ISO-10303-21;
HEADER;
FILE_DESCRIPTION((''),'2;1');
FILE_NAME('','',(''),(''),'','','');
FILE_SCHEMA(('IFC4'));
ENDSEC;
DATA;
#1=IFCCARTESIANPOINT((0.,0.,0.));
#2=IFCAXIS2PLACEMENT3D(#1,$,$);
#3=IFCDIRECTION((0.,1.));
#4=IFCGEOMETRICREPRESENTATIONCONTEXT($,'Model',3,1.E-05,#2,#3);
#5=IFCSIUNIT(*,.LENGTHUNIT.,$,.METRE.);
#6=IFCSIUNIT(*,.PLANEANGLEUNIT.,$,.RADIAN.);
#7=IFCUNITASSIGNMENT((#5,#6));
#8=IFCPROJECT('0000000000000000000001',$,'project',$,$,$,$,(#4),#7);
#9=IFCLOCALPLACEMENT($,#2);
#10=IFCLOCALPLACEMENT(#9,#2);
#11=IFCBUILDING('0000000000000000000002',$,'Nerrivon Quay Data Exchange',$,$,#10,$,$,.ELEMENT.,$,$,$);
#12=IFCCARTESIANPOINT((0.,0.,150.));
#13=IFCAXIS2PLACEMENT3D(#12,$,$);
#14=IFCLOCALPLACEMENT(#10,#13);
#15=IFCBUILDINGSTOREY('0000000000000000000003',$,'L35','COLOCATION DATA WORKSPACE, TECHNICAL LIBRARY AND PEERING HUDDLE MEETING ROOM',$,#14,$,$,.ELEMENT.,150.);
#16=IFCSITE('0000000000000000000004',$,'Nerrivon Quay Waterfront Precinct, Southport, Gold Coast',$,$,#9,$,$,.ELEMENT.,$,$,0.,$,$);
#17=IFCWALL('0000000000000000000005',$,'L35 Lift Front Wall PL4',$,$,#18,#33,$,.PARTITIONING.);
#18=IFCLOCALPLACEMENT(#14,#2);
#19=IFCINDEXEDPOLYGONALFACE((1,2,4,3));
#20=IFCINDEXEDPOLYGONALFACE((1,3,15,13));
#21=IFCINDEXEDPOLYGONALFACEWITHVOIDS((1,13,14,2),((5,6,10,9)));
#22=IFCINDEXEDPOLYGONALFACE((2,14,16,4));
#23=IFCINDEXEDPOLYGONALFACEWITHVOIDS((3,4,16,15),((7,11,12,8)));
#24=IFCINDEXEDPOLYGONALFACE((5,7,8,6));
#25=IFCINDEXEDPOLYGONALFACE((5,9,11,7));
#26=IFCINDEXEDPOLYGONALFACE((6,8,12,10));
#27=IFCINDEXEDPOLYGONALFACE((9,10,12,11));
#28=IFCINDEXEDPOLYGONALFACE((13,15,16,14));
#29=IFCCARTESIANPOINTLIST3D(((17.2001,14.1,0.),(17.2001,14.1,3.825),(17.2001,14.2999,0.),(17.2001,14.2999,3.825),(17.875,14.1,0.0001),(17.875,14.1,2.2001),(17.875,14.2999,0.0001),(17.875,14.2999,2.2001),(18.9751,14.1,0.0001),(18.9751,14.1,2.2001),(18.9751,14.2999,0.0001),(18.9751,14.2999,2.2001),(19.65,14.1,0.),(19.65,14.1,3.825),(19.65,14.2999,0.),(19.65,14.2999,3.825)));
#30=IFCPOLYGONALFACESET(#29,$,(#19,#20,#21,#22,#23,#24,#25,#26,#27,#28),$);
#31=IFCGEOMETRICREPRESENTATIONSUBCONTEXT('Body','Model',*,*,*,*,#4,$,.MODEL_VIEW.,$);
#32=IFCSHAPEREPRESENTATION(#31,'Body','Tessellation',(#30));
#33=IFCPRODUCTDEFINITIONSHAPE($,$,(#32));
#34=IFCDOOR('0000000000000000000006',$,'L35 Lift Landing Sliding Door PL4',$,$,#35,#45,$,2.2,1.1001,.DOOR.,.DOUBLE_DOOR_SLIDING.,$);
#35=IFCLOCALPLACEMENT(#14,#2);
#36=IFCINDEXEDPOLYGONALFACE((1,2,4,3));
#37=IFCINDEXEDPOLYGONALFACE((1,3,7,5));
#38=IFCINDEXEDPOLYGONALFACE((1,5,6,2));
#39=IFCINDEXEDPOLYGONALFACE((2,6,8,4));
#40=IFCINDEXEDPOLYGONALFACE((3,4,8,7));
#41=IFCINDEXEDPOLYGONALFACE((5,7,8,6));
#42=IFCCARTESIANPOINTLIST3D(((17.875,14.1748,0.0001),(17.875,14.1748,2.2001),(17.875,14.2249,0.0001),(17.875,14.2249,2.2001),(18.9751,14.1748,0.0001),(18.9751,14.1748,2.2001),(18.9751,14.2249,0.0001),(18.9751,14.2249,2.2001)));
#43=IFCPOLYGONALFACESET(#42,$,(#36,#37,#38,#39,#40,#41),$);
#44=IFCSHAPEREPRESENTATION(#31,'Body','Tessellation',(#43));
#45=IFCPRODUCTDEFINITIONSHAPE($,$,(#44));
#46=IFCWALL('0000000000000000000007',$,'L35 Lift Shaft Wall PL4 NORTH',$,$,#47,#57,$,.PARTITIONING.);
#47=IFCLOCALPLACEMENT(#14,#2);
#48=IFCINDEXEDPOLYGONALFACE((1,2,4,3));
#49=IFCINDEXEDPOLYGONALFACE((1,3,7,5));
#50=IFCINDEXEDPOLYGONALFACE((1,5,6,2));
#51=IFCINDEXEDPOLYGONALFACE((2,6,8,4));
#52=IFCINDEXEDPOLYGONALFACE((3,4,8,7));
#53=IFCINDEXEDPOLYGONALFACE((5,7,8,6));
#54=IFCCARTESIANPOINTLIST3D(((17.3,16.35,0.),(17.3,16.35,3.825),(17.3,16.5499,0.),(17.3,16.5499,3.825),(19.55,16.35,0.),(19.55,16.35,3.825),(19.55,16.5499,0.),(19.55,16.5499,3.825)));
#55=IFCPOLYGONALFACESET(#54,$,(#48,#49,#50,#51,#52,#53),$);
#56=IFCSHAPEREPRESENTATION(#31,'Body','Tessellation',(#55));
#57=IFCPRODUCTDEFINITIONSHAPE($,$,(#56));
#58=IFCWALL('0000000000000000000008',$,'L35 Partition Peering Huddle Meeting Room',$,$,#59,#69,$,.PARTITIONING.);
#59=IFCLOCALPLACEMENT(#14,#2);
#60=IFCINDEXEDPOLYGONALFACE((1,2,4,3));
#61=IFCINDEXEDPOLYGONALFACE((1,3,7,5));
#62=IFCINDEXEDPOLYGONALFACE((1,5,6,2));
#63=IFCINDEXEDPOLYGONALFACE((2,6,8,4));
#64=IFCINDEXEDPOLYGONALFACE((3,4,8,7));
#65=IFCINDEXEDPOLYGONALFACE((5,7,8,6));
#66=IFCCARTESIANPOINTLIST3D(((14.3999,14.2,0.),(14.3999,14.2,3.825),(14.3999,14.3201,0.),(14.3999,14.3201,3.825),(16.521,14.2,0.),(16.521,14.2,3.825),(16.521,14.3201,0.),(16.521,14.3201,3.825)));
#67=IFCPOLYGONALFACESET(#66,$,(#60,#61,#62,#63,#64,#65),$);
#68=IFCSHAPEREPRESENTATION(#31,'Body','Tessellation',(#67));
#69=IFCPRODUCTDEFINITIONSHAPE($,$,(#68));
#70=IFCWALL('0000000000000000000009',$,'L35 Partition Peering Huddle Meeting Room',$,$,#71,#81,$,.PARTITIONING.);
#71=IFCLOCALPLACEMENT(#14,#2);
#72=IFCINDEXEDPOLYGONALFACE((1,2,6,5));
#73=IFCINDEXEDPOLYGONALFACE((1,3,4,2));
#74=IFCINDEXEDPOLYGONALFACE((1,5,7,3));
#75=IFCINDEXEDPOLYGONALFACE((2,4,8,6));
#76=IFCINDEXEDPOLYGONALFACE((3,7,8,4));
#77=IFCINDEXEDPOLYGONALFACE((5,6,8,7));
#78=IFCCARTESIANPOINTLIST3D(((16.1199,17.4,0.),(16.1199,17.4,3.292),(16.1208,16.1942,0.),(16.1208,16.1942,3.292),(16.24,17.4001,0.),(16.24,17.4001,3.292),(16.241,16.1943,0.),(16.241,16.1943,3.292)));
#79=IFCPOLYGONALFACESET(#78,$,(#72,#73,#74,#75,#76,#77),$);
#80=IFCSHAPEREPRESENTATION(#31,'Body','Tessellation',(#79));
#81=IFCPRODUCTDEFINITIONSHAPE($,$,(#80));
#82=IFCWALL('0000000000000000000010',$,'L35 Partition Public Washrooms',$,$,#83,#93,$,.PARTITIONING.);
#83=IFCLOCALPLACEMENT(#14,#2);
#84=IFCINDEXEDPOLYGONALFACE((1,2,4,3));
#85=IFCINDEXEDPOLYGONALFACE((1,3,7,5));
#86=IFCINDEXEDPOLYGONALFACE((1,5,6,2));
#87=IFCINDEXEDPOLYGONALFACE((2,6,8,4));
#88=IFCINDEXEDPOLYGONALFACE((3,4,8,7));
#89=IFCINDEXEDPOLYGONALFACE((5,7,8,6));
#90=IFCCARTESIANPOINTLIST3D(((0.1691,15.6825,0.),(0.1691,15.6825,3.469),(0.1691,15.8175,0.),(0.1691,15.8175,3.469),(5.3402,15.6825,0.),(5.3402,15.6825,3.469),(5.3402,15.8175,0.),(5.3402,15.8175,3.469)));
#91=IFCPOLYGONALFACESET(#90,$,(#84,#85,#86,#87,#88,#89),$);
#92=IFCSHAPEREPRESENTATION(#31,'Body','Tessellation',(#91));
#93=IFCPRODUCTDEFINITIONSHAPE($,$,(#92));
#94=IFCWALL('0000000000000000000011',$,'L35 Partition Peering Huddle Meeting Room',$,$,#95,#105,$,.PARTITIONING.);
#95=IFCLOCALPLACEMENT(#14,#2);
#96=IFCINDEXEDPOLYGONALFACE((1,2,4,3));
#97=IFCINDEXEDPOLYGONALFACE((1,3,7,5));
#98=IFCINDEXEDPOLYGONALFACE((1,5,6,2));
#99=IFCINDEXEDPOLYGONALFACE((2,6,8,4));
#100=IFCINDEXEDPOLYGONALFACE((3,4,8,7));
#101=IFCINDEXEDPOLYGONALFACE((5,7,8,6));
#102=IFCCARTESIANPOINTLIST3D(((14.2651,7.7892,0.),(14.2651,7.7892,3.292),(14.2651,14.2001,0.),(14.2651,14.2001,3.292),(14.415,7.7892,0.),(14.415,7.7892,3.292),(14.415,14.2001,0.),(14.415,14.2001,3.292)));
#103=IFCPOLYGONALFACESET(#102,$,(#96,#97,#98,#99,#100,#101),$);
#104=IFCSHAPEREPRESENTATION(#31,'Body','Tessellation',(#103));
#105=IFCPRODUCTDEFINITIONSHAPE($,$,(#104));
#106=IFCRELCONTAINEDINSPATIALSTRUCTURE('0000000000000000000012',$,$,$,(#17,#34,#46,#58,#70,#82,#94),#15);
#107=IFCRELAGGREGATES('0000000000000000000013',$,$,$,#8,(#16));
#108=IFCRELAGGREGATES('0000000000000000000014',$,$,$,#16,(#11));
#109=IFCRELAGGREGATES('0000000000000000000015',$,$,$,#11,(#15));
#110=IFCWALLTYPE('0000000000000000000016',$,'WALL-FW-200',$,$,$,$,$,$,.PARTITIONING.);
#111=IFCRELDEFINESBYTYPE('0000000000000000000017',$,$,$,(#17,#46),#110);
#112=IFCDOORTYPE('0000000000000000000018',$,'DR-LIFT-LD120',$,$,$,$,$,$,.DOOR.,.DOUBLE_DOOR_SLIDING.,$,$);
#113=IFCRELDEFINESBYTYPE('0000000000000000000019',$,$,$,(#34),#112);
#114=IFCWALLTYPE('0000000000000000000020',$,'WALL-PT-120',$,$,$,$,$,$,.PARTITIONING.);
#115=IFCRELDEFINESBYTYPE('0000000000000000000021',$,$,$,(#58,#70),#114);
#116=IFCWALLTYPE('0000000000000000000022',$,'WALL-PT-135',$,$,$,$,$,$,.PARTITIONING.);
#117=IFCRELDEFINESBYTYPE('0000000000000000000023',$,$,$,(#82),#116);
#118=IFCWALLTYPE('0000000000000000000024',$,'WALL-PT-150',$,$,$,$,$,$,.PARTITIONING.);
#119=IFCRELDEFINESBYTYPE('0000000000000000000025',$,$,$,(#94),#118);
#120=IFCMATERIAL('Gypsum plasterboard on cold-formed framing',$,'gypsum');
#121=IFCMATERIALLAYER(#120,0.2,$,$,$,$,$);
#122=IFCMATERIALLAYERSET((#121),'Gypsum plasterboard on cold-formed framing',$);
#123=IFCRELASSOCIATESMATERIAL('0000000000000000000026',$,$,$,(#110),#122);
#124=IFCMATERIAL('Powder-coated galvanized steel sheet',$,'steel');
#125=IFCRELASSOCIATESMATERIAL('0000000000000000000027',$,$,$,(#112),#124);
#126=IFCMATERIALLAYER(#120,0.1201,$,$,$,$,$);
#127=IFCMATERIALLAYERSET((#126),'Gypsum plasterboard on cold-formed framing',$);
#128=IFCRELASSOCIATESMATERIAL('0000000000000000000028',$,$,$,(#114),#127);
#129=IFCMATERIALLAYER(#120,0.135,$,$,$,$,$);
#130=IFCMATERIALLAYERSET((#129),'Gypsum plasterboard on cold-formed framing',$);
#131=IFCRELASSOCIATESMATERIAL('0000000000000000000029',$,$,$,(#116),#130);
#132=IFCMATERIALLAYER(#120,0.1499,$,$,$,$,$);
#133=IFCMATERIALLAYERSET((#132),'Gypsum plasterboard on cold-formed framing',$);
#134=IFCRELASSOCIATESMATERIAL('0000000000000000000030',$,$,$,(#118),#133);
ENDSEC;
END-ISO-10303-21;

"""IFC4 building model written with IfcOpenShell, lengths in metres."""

from ifc_helpers import new_model, si_unit, direction, frame, frame_2d, origin, place, context, subcontext, project, spatial, rectangle, extrude, material, layer, layer_set, type_object, element, fill, save


model = new_model("IFC4")

# Units and contexts
model_context = context("Model", 3, precision=1e-05, world=origin(), true_north=direction((0.0, 1.0)))
body_context = subcontext(model_context, "Body", "Model", "MODEL_VIEW")
ifc_project = project(units=[si_unit("LENGTHUNIT", "METRE"), si_unit("PLANEANGLEUNIT", "RADIAN")], contexts=[model_context])

# Site, building, storey
site_placement = place(None, origin())
site = spatial("IfcSite", under=ifc_project, at=site_placement, Name="Nerrivon Quay Waterfront Precinct, Southport, Gold Coast", CompositionType="ELEMENT", RefElevation=0.0)
building_placement = place(site_placement, origin())
building = spatial("IfcBuilding", under=site, at=building_placement, Name="Nerrivon Quay Data Exchange", CompositionType="ELEMENT")
storey_placement = place(building_placement, frame((0.0, 0.0, 150.0)))
storey = spatial("IfcBuildingStorey", under=building, at=storey_placement, Name="L35", Description="COLOCATION DATA WORKSPACE, TECHNICAL LIBRARY AND PEERING HUDDLE MEETING ROOM", CompositionType="ELEMENT", Elevation=150.0)

# Shared definitions
ifc_material_1 = material(Name="Powder-coated galvanized steel sheet", Category="steel")
ifc_material_2 = material(Name="Gypsum plasterboard on cold-formed framing", Category="gypsum")
ifc_layer_1 = layer(ifc_material_2, 0.2)
ifc_layer_set_1 = layer_set([ifc_layer_1], Name="Gypsum plasterboard on cold-formed framing")
wall_type_1 = type_object("IfcWallType", Name="WALL-FW-200", PredefinedType="PARTITIONING", material=ifc_layer_set_1)
door_type_1 = type_object("IfcDoorType", Name="DR-LIFT-LD120", OperationType="DOUBLE_DOOR_SLIDING", PredefinedType="DOOR", material=ifc_material_1)

# Wall, opening, door
wall_1_placement = place(storey_placement, frame((17.2, 14.2, 0.0), z_axis=(0.0, 0.0, 1.0), x_axis=(1.0, 0.0, 0.0)))
wall_1 = element("IfcWall", 1, at=wall_1_placement, inside=storey, type_object=wall_type_1, Name="L35 Lift Front Wall PL4", PredefinedType="PARTITIONING", context=body_context, shape_type="SweptSolid", body=[
    extrude(rectangle(XDim=2.45, YDim=0.2, at=frame_2d((1.2251, 0.0))), origin(), (0.0, 0.0, 1.0), 3.825),
])
opening_1_placement = place(wall_1_placement, frame((0.675, 0.0, 0.0)))
opening_1 = element("IfcOpeningElement", 2, at=opening_1_placement, cuts=wall_1, PredefinedType="OPENING", context=body_context, shape_type="SweptSolid", body=[
    extrude(rectangle(XDim=1.1001, YDim=2.2, at=frame_2d((0.55, 1.1001))), frame((0.0, 0.1099, 0.0), z_axis=(0.0, -1.0, 0.0), x_axis=(1.0, 0.0, 0.0)), (0.0, 0.0, 1.0), 0.22),
])
door_1_placement = place(opening_1_placement, origin())
door_1 = element("IfcDoor", 3, at=door_1_placement, inside=storey, type_object=door_type_1, Name="L35 Lift Landing Sliding Door PL4", OperationType="DOUBLE_DOOR_SLIDING", OverallHeight=2.2, OverallWidth=1.1001, PredefinedType="DOOR", context=body_context, shape_type="SweptSolid", body=[
    extrude(rectangle(XDim=1.1001, YDim=2.2, at=frame_2d((0.55, 1.1001))), frame((0.0, 0.0249, 0.0), z_axis=(0.0, -1.0, 0.0), x_axis=(1.0, 0.0, 0.0)), (0.0, 0.0, 1.0), 0.05),
])
fill(opening_1, door_1)

# Walls
wall_2_placement = place(storey_placement, frame((17.3, 16.45, 0.0), z_axis=(0.0, 0.0, 1.0), x_axis=(1.0, 0.0, 0.0)))
element("IfcWall", 4, at=wall_2_placement, inside=storey, type_object=wall_type_1, Name="L35 Lift Shaft Wall PL4 NORTH", PredefinedType="PARTITIONING", context=body_context, shape_type="SweptSolid", body=[
    extrude(rectangle(XDim=2.25, YDim=0.2, at=frame_2d((1.125, 0.0))), origin(), (0.0, 0.0, 1.0), 3.825),
])
ifc_layer_2 = layer(ifc_material_2, 0.1201)
ifc_layer_set_2 = layer_set([ifc_layer_2], Name="Gypsum plasterboard on cold-formed framing")
wall_type_2 = type_object("IfcWallType", Name="WALL-PT-120", PredefinedType="PARTITIONING", material=ifc_layer_set_2)
wall_3_placement = place(storey_placement, frame((14.3999, 14.26, 0.0), z_axis=(0.0, 0.0, 1.0), x_axis=(1.0, 0.0, 0.0)))
element("IfcWall", 5, at=wall_3_placement, inside=storey, type_object=wall_type_2, Name="L35 Partition Peering Huddle Meeting Room", PredefinedType="PARTITIONING", context=body_context, shape_type="SweptSolid", body=[
    extrude(rectangle(XDim=2.1211, YDim=0.1201, at=frame_2d((1.0605, 0.0))), origin(), (0.0, 0.0, 1.0), 3.825),
])
wall_4_placement = place(storey_placement, frame((16.1809, 16.1941, 0.0), z_axis=(0.0, 0.0, 1.0), x_axis=(-0.00081, 1.0, 0.0)))
element("IfcWall", 6, at=wall_4_placement, inside=storey, type_object=wall_type_2, Name="L35 Partition Peering Huddle Meeting Room", PredefinedType="PARTITIONING", context=body_context, shape_type="SweptSolid", body=[
    extrude(rectangle(XDim=1.2058, YDim=0.1201, at=frame_2d((0.603, 0.0))), origin(), (0.0, 0.0, 1.0), 3.292),
])
ifc_layer_3 = layer(ifc_material_2, 0.135)
ifc_layer_set_3 = layer_set([ifc_layer_3], Name="Gypsum plasterboard on cold-formed framing")
wall_type_3 = type_object("IfcWallType", Name="WALL-PT-135", PredefinedType="PARTITIONING", material=ifc_layer_set_3)
wall_5_placement = place(storey_placement, frame((5.3401, 15.75, 0.0), z_axis=(0.0, 0.0, 1.0), x_axis=(-1.0, 0.0, 0.0)))
element("IfcWall", 7, at=wall_5_placement, inside=storey, type_object=wall_type_3, Name="L35 Partition Public Washrooms", PredefinedType="PARTITIONING", context=body_context, shape_type="SweptSolid", body=[
    extrude(rectangle(XDim=5.1711, YDim=0.135, at=frame_2d((2.5854, 0.0))), origin(), (0.0, 0.0, 1.0), 3.469),
])

# Wall
ifc_layer_4 = layer(ifc_material_2, 0.1499)
ifc_layer_set_4 = layer_set([ifc_layer_4], Name="Gypsum plasterboard on cold-formed framing")
wall_type_4 = type_object("IfcWallType", Name="WALL-PT-150", PredefinedType="PARTITIONING", material=ifc_layer_set_4)
wall_6_placement = place(storey_placement, frame((14.3401, 7.7891, 0.0), z_axis=(0.0, 0.0, 1.0), x_axis=(0.0, 1.0, 0.0)))
element("IfcWall", 8, at=wall_6_placement, inside=storey, type_object=wall_type_4, Name="L35 Partition Peering Huddle Meeting Room", PredefinedType="PARTITIONING", context=body_context, shape_type="SweptSolid", body=[
    extrude(rectangle(XDim=6.4109, YDim=0.1499, at=frame_2d((3.2056, 0.0))), origin(), (0.0, 0.0, 1.0), 3.292),
])

save(model, "model.ifc")
